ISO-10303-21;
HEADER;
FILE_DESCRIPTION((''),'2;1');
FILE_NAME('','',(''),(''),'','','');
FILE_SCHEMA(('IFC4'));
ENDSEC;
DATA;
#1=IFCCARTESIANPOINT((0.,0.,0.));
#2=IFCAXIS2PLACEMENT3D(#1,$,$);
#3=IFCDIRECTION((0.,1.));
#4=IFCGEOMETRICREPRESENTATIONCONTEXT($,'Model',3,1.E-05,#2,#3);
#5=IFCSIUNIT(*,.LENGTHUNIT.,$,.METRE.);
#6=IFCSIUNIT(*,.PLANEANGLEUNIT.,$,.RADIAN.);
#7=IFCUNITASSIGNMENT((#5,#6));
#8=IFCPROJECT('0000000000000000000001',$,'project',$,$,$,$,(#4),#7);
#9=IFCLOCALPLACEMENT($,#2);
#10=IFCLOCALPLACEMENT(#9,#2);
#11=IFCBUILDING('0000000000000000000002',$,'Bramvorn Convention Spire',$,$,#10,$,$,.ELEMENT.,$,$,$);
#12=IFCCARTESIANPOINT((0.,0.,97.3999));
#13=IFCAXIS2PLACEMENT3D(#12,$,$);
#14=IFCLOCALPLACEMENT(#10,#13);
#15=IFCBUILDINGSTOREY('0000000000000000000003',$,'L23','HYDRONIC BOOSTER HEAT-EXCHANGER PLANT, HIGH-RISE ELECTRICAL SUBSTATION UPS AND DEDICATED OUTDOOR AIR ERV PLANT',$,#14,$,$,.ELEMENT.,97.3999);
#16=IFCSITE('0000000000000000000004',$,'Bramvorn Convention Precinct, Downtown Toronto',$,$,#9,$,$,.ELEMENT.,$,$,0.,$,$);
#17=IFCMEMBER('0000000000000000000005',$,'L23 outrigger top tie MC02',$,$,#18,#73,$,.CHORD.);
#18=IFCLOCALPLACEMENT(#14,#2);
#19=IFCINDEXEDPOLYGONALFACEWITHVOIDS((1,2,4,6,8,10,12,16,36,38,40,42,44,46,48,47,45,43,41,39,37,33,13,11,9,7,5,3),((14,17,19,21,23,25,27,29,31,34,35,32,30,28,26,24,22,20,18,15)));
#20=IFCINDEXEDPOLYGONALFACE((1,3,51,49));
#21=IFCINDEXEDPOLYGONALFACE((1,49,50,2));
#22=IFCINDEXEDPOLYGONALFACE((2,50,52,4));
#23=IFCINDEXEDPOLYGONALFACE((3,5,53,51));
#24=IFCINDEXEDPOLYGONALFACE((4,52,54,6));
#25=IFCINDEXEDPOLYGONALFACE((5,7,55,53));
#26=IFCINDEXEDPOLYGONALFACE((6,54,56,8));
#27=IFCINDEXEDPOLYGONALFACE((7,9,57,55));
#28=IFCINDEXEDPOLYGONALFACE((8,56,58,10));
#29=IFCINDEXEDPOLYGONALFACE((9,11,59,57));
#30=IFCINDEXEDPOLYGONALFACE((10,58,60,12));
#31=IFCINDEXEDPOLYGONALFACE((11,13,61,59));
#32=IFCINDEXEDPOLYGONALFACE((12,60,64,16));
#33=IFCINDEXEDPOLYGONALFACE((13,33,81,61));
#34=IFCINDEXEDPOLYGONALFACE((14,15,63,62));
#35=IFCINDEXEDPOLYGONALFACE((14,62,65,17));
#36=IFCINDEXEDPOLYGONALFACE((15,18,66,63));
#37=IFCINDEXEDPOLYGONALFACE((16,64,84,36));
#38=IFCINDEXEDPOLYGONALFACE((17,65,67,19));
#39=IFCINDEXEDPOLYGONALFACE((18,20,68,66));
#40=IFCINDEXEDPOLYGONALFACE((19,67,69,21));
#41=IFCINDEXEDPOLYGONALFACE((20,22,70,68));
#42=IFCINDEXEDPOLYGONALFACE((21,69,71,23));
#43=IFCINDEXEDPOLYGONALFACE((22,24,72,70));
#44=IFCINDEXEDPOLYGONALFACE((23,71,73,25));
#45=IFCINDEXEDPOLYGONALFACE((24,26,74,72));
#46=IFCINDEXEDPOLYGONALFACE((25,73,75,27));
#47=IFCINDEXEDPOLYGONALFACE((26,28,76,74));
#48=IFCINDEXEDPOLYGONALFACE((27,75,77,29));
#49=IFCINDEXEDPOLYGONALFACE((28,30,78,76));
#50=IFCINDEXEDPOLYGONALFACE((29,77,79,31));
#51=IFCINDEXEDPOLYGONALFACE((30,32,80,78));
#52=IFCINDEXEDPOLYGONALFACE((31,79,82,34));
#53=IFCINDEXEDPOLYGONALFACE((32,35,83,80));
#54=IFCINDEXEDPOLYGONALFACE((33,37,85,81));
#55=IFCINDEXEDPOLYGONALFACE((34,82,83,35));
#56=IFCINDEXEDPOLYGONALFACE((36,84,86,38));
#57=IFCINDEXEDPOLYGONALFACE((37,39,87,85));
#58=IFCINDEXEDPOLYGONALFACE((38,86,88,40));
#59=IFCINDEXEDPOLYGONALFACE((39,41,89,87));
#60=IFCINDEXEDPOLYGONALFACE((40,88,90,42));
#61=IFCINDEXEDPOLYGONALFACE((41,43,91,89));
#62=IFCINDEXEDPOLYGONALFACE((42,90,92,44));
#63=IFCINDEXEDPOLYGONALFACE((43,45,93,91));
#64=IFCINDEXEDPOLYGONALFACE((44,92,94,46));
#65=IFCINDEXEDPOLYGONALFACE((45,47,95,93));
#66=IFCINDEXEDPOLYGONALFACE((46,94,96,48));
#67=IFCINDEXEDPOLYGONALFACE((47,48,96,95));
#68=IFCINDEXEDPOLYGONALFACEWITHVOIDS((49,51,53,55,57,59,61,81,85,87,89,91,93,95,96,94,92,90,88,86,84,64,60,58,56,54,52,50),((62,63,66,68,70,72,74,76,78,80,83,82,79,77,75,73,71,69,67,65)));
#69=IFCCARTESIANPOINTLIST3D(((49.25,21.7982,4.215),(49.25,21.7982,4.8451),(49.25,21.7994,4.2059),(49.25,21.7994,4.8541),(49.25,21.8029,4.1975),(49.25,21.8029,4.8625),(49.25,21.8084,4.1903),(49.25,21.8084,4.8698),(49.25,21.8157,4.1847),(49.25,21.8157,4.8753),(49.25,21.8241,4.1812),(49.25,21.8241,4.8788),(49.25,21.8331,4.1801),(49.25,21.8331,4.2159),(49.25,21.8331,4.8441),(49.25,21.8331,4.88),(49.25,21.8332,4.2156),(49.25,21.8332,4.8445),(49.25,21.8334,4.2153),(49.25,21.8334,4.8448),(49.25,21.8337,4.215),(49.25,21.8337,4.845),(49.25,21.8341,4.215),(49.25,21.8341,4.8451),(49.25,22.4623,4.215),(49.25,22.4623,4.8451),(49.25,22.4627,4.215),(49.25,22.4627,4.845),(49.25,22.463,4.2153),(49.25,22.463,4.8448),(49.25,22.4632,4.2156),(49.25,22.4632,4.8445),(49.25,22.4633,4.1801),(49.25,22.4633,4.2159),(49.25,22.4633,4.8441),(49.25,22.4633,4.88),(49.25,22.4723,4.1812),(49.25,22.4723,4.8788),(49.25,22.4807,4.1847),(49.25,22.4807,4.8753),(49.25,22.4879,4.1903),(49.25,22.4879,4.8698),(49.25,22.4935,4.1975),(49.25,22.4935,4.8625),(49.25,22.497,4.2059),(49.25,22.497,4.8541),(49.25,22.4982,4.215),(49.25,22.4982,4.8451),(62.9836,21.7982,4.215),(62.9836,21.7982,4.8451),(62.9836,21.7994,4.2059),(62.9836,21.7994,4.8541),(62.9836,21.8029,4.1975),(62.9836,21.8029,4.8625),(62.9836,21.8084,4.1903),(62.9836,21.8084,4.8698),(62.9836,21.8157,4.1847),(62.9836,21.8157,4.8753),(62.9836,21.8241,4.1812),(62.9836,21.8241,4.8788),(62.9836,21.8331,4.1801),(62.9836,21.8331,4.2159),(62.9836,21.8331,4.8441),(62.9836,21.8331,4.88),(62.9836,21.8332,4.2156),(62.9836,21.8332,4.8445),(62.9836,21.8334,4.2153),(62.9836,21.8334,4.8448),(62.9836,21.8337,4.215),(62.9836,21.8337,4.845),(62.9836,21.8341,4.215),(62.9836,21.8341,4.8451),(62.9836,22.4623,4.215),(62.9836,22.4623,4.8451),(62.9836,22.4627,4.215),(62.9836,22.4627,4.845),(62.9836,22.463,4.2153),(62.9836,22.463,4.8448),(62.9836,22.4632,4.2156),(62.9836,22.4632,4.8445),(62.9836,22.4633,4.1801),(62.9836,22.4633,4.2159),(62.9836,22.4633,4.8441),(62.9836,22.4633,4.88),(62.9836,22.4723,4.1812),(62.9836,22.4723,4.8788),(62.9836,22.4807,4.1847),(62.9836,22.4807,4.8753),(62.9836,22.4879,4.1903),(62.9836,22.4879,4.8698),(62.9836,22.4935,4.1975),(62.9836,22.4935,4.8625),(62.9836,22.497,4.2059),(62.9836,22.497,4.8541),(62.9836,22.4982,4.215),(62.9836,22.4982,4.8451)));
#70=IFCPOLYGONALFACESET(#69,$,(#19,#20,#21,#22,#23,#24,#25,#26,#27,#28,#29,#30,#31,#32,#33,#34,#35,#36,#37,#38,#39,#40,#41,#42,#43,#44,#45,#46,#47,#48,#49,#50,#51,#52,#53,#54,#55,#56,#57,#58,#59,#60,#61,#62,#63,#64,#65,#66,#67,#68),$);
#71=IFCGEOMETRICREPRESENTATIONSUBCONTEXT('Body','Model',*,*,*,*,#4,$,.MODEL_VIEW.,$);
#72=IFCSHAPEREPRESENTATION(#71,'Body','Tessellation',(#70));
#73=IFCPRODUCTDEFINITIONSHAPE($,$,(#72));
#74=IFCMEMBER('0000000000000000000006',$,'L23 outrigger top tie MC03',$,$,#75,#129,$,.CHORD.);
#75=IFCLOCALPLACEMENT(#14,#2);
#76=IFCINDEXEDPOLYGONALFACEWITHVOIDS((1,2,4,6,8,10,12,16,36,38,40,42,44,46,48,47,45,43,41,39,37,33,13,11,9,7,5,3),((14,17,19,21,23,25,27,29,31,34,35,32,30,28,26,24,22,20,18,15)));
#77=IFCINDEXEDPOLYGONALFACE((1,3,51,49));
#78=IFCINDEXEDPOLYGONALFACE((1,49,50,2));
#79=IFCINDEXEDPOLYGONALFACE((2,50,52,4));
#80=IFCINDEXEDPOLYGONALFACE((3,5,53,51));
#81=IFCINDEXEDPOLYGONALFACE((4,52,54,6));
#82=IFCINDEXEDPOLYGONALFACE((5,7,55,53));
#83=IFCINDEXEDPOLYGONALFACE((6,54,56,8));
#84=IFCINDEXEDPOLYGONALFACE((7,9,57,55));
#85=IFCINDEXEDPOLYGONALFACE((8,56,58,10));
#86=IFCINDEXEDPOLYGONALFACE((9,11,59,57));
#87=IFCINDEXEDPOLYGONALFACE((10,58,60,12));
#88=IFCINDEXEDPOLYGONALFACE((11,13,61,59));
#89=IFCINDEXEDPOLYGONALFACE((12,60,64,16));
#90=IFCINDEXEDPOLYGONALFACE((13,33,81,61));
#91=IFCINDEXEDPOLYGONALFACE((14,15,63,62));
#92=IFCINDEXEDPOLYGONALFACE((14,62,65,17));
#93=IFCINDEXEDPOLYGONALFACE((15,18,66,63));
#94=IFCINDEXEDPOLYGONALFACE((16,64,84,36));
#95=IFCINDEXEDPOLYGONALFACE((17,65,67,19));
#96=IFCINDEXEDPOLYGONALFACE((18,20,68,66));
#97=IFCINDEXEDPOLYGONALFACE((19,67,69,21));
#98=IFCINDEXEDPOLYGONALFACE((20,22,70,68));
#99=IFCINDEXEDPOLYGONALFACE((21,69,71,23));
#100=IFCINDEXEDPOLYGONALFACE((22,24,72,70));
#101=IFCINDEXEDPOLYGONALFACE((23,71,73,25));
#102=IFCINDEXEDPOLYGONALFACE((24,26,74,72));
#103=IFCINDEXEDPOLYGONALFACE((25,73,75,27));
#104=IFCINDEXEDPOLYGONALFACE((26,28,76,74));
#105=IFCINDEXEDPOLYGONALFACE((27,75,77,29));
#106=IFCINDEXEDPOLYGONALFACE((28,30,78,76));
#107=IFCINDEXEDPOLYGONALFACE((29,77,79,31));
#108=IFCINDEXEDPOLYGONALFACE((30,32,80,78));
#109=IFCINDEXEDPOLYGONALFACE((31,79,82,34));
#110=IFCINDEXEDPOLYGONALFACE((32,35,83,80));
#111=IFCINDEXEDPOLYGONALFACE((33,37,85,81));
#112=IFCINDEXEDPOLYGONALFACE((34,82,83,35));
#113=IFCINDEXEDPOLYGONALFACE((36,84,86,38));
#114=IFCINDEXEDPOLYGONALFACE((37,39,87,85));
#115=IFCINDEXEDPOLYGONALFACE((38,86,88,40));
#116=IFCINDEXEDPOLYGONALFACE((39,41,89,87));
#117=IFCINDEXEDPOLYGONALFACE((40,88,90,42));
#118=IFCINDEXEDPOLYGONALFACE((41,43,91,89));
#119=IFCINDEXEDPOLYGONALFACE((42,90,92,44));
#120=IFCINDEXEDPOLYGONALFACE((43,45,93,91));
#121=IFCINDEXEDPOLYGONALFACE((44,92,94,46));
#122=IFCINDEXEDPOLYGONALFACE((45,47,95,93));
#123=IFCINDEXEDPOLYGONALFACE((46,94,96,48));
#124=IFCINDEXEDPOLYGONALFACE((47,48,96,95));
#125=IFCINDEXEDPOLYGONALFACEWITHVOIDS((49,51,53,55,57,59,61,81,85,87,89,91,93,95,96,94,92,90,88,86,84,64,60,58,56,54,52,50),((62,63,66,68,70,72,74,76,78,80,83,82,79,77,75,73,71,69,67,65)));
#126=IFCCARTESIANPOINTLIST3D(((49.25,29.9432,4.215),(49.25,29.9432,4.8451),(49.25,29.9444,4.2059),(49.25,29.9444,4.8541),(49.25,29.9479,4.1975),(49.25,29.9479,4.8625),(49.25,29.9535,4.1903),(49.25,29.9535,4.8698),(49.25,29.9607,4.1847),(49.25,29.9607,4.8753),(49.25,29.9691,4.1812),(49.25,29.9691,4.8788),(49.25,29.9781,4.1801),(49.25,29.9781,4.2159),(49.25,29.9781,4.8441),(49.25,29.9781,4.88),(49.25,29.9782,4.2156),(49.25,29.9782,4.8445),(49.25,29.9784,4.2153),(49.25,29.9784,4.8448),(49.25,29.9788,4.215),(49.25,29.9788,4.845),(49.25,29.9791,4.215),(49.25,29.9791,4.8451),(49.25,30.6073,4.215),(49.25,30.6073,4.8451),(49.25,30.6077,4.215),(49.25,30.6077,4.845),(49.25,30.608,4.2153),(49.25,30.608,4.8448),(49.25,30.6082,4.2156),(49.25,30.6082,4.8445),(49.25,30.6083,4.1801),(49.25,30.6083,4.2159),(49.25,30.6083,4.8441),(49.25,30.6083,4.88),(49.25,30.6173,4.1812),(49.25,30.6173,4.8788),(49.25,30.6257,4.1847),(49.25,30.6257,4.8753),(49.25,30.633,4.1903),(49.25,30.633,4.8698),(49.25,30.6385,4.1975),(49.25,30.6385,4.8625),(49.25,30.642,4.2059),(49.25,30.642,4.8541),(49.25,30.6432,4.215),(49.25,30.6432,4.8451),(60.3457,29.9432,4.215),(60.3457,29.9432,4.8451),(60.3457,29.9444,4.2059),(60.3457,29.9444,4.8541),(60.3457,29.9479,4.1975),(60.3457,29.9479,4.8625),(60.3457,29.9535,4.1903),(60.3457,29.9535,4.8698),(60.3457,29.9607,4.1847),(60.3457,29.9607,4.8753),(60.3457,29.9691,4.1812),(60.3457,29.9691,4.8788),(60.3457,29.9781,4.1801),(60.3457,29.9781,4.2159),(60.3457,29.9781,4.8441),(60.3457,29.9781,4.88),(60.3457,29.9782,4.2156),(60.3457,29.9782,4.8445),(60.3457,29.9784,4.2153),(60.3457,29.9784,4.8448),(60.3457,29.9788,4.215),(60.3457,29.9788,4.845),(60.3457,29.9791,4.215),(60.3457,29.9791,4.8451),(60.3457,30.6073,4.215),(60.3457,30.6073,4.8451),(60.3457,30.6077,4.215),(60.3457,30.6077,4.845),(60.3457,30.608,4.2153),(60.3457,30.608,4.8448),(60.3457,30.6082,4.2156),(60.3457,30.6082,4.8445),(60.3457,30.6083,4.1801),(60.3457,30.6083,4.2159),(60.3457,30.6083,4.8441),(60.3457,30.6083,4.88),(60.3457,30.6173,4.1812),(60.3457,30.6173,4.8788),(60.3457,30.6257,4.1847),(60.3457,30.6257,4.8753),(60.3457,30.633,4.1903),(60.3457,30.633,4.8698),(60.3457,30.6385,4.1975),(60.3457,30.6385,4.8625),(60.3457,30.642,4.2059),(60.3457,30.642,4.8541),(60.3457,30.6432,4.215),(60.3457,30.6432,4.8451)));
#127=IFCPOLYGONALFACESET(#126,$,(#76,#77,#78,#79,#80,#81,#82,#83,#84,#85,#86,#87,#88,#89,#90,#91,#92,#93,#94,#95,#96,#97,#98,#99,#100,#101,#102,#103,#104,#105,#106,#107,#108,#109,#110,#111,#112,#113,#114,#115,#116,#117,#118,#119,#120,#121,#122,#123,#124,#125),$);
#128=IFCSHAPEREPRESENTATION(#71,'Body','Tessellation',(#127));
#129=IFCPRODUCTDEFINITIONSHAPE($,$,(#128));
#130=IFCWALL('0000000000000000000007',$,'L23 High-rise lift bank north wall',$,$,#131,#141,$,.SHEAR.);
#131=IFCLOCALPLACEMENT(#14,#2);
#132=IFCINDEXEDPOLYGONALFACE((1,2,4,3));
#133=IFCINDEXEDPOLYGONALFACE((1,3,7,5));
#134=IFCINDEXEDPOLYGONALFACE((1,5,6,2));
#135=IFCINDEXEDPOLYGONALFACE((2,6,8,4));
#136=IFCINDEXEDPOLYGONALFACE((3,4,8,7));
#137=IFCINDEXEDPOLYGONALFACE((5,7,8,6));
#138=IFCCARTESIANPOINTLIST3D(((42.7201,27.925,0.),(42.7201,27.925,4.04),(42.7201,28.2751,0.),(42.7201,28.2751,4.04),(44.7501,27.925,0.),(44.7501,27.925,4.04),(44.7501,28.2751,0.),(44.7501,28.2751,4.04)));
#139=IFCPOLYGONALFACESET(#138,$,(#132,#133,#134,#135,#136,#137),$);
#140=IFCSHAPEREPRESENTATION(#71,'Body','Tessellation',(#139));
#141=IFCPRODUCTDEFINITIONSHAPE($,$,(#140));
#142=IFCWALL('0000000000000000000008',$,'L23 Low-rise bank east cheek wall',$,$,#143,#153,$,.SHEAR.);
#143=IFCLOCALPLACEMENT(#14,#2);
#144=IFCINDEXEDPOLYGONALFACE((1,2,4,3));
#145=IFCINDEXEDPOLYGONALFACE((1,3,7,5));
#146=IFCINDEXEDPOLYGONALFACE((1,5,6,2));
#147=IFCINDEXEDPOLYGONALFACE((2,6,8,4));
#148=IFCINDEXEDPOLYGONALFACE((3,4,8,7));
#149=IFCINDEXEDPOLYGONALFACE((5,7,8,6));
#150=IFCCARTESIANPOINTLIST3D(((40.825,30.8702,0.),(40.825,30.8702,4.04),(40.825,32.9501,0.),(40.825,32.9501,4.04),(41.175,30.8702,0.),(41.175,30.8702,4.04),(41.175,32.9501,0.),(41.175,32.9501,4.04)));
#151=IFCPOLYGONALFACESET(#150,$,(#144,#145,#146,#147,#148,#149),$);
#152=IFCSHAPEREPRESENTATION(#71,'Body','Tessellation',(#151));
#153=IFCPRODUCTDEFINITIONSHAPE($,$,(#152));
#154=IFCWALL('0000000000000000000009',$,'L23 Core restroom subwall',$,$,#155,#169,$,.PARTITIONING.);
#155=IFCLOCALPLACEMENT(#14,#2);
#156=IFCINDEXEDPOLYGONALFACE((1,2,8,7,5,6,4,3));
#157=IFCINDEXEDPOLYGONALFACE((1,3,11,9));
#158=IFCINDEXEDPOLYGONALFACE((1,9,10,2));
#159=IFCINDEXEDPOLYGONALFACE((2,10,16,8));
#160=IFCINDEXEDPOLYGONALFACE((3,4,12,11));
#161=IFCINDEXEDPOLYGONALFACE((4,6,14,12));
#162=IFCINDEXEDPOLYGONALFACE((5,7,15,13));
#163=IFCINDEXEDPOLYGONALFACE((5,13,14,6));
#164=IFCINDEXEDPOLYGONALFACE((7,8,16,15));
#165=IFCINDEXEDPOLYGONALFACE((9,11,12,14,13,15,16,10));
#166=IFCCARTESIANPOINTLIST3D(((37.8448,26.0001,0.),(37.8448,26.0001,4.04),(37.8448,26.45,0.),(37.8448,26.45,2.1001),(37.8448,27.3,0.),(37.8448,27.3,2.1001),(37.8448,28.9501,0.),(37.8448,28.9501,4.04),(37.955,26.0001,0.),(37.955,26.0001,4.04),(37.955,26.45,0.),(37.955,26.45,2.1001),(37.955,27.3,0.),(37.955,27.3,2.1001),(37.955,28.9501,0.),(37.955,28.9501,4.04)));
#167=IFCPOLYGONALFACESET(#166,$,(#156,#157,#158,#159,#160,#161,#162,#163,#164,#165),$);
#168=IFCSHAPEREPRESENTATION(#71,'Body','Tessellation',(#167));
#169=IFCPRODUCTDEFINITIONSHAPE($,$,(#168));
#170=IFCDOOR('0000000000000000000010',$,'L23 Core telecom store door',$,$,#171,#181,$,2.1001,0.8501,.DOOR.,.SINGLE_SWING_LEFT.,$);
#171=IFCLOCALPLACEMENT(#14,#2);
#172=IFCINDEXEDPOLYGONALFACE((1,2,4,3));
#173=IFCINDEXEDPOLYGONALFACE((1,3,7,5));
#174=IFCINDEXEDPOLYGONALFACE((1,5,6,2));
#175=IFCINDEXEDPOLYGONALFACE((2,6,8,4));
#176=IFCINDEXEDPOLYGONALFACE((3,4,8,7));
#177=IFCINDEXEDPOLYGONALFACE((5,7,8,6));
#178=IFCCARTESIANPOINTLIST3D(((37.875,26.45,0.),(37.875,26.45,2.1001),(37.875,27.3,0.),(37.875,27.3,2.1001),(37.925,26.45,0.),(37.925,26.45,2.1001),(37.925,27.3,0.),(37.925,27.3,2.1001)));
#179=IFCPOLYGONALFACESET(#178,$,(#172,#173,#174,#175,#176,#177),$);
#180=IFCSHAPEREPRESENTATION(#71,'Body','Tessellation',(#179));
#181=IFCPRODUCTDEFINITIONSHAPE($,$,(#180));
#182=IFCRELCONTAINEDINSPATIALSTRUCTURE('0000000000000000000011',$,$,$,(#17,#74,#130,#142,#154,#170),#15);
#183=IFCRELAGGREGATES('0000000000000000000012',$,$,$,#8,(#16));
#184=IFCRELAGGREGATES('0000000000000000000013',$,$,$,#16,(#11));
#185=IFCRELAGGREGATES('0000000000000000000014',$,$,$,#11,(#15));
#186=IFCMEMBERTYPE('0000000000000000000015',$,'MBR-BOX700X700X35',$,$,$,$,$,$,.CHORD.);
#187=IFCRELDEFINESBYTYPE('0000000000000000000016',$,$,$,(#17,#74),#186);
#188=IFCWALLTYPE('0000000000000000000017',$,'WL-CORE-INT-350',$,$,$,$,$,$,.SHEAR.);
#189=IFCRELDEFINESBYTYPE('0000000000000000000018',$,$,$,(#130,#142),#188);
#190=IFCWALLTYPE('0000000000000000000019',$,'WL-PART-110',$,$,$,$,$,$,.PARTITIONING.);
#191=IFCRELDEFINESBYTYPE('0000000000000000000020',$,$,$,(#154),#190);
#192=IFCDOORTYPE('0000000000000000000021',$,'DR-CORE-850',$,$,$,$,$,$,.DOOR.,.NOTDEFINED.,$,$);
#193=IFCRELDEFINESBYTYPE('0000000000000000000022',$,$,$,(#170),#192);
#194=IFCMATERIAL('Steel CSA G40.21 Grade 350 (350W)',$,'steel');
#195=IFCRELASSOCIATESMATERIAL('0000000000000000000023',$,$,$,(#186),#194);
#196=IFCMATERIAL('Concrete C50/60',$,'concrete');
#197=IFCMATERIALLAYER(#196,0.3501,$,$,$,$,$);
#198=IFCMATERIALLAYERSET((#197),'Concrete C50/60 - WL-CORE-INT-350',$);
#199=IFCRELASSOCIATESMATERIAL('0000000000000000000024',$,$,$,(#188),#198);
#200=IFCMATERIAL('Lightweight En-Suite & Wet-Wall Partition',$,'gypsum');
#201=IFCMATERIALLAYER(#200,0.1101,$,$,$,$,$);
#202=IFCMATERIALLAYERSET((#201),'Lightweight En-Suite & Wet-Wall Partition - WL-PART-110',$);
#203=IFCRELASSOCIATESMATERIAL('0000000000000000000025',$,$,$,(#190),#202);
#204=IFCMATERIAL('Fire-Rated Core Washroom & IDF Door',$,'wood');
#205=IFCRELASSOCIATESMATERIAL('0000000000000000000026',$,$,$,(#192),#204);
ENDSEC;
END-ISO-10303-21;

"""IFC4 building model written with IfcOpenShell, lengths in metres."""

from ifc_helpers import new_model, si_unit, direction, frame, frame_2d, origin, origin_2d, place, context, subcontext, project, spatial, rectangle, hollow_rectangle, extrude, material, layer, layer_set, material_profile, profile_set, type_object, element, fill, save


model = new_model("IFC4")

# Units and contexts
model_context = context("Model", 3, precision=1e-05, world=origin(), true_north=direction((0.0, 1.0)))
body_context = subcontext(model_context, "Body", "Model", "MODEL_VIEW")
ifc_project = project(units=[si_unit("LENGTHUNIT", "METRE"), si_unit("PLANEANGLEUNIT", "RADIAN")], contexts=[model_context])

# Site, building, storey
site_placement = place(None, origin())
site = spatial("IfcSite", under=ifc_project, at=site_placement, Name="Bramvorn Convention Precinct, Downtown Toronto", CompositionType="ELEMENT", RefElevation=0.0)
building_placement = place(site_placement, origin())
building = spatial("IfcBuilding", under=site, at=building_placement, Name="Bramvorn Convention Spire", CompositionType="ELEMENT")
storey_placement = place(building_placement, frame((0.0, 0.0, 97.3999)))
storey = spatial("IfcBuildingStorey", under=building, at=storey_placement, Name="L23", Description="HYDRONIC BOOSTER HEAT-EXCHANGER PLANT, HIGH-RISE ELECTRICAL SUBSTATION UPS AND DEDICATED OUTDOOR AIR ERV PLANT", CompositionType="ELEMENT", Elevation=97.3999)

# Shared definitions
ifc_material_1 = material(Name="Steel CSA G40.21 Grade 350 (350W)", Category="steel")

# Members
ifc_material_profile_1 = material_profile(ifc_material_1, hollow_rectangle(XDim=0.7, YDim=0.7, WallThickness=0.0349, InnerFilletRadius=0.001, OuterFilletRadius=0.0349, at=origin_2d()))
ifc_profile_set_1 = profile_set([ifc_material_profile_1], Name="Steel CSA G40.21 Grade 350 (350W) - BOX700X700X35")
member_type = type_object("IfcMemberType", Name="MBR-BOX700X700X35", PredefinedType="CHORD", material=ifc_profile_set_1)
member_1_placement = place(storey_placement, frame((49.25, 22.1482, 4.53), z_axis=(1.0, 0.0, 0.0), x_axis=(0.0, 1.0, 0.0)))
element("IfcMember", 1, at=member_1_placement, inside=storey, type_object=member_type, Name="L23 outrigger top tie MC02", PredefinedType="CHORD", context=body_context, shape_type="SweptSolid", body=[
    extrude(hollow_rectangle(XDim=0.7, YDim=0.7, WallThickness=0.0349, InnerFilletRadius=0.001, OuterFilletRadius=0.0349, at=origin_2d()), origin(), (0.0, 0.0, 1.0), 13.7336),
])
member_2_placement = place(storey_placement, frame((49.25, 30.2932, 4.53), z_axis=(1.0, 0.0, 0.0), x_axis=(0.0, 1.0, 0.0)))
element("IfcMember", 2, at=member_2_placement, inside=storey, type_object=member_type, Name="L23 outrigger top tie MC03", PredefinedType="CHORD", context=body_context, shape_type="SweptSolid", body=[
    extrude(hollow_rectangle(XDim=0.7, YDim=0.7, WallThickness=0.0349, InnerFilletRadius=0.001, OuterFilletRadius=0.0349, at=origin_2d()), origin(), (0.0, 0.0, 1.0), 11.0957),
])

# Shared definitions
ifc_material_2 = material(Name="Concrete C50/60", Category="concrete")
ifc_layer_1 = layer(ifc_material_2, 0.3501)
ifc_layer_set_1 = layer_set([ifc_layer_1], Name="Concrete C50/60 - WL-CORE-INT-350")
wall_type_1 = type_object("IfcWallType", Name="WL-CORE-INT-350", PredefinedType="SHEAR", material=ifc_layer_set_1)

# Wall
wall_1_placement = place(storey_placement, frame((42.72, 28.1001, 0.0), z_axis=(0.0, 0.0, 1.0), x_axis=(1.0, 0.0, 0.0)))
element("IfcWall", 3, at=wall_1_placement, inside=storey, type_object=wall_type_1, Name="L23 High-rise lift bank north wall", PredefinedType="SHEAR", context=body_context, shape_type="SweptSolid", body=[
    extrude(rectangle(XDim=2.03, YDim=0.3501, at=frame_2d((1.0151, 0.0))), origin(), (0.0, 0.0, 1.0), 4.04),
])

# Wall
wall_2_placement = place(storey_placement, frame((41.0, 30.8701, 0.0), z_axis=(0.0, 0.0, 1.0), x_axis=(0.0, 1.0, 0.0)))
element("IfcWall", 4, at=wall_2_placement, inside=storey, type_object=wall_type_1, Name="L23 Low-rise bank east cheek wall", PredefinedType="SHEAR", context=body_context, shape_type="SweptSolid", body=[
    extrude(rectangle(XDim=2.0798, YDim=0.3501, at=frame_2d((1.04, 0.0))), origin(), (0.0, 0.0, 1.0), 4.04),
])

# Wall, opening, door
ifc_material_3 = material(Name="Lightweight En-Suite & Wet-Wall Partition", Category="gypsum")
ifc_layer_2 = layer(ifc_material_3, 0.1101)
ifc_layer_set_2 = layer_set([ifc_layer_2], Name="Lightweight En-Suite & Wet-Wall Partition - WL-PART-110")
wall_type_2 = type_object("IfcWallType", Name="WL-PART-110", PredefinedType="PARTITIONING", material=ifc_layer_set_2)
wall_3_placement = place(storey_placement, frame((37.8999, 26.0, 0.0), z_axis=(0.0, 0.0, 1.0), x_axis=(0.0, 1.0, 0.0)))
wall_3 = element("IfcWall", 5, at=wall_3_placement, inside=storey, type_object=wall_type_2, Name="L23 Core restroom subwall", PredefinedType="PARTITIONING", context=body_context, shape_type="SweptSolid", body=[
    extrude(rectangle(XDim=2.95, YDim=0.1101, at=frame_2d((1.4751, 0.0))), origin(), (0.0, 0.0, 1.0), 4.04),
])
opening_1_placement = place(wall_3_placement, frame((0.45, 0.0, 0.0)))
opening_1 = element("IfcOpeningElement", 6, at=opening_1_placement, cuts=wall_3, PredefinedType="OPENING", context=body_context, shape_type="SweptSolid", body=[
    extrude(rectangle(XDim=0.8501, YDim=2.1001, at=frame_2d((0.425, 1.05))), frame((0.0, 0.0649, 0.0), z_axis=(0.0, -1.0, 0.0), x_axis=(1.0, 0.0, 0.0)), (0.0, 0.0, 1.0), 0.1301),
])
ifc_material_4 = material(Name="Fire-Rated Core Washroom & IDF Door", Category="wood")
door_type_1 = type_object("IfcDoorType", Name="DR-CORE-850", OperationType="NOTDEFINED", PredefinedType="DOOR", material=ifc_material_4)
door_1_placement = place(opening_1_placement, origin())
door_1 = element("IfcDoor", 7, at=door_1_placement, inside=storey, type_object=door_type_1, Name="L23 Core telecom store door", OperationType="SINGLE_SWING_LEFT", OverallHeight=2.1001, OverallWidth=0.8501, PredefinedType="DOOR", context=body_context, shape_type="SweptSolid", body=[
    extrude(rectangle(XDim=0.8501, YDim=2.1001, at=frame_2d((0.425, 1.05))), frame((0.0, 0.0249, 0.0), z_axis=(0.0, -1.0, 0.0), x_axis=(1.0, 0.0, 0.0)), (0.0, 0.0, 1.0), 0.05),
])
fill(opening_1, door_1)

save(model, "model.ifc")
